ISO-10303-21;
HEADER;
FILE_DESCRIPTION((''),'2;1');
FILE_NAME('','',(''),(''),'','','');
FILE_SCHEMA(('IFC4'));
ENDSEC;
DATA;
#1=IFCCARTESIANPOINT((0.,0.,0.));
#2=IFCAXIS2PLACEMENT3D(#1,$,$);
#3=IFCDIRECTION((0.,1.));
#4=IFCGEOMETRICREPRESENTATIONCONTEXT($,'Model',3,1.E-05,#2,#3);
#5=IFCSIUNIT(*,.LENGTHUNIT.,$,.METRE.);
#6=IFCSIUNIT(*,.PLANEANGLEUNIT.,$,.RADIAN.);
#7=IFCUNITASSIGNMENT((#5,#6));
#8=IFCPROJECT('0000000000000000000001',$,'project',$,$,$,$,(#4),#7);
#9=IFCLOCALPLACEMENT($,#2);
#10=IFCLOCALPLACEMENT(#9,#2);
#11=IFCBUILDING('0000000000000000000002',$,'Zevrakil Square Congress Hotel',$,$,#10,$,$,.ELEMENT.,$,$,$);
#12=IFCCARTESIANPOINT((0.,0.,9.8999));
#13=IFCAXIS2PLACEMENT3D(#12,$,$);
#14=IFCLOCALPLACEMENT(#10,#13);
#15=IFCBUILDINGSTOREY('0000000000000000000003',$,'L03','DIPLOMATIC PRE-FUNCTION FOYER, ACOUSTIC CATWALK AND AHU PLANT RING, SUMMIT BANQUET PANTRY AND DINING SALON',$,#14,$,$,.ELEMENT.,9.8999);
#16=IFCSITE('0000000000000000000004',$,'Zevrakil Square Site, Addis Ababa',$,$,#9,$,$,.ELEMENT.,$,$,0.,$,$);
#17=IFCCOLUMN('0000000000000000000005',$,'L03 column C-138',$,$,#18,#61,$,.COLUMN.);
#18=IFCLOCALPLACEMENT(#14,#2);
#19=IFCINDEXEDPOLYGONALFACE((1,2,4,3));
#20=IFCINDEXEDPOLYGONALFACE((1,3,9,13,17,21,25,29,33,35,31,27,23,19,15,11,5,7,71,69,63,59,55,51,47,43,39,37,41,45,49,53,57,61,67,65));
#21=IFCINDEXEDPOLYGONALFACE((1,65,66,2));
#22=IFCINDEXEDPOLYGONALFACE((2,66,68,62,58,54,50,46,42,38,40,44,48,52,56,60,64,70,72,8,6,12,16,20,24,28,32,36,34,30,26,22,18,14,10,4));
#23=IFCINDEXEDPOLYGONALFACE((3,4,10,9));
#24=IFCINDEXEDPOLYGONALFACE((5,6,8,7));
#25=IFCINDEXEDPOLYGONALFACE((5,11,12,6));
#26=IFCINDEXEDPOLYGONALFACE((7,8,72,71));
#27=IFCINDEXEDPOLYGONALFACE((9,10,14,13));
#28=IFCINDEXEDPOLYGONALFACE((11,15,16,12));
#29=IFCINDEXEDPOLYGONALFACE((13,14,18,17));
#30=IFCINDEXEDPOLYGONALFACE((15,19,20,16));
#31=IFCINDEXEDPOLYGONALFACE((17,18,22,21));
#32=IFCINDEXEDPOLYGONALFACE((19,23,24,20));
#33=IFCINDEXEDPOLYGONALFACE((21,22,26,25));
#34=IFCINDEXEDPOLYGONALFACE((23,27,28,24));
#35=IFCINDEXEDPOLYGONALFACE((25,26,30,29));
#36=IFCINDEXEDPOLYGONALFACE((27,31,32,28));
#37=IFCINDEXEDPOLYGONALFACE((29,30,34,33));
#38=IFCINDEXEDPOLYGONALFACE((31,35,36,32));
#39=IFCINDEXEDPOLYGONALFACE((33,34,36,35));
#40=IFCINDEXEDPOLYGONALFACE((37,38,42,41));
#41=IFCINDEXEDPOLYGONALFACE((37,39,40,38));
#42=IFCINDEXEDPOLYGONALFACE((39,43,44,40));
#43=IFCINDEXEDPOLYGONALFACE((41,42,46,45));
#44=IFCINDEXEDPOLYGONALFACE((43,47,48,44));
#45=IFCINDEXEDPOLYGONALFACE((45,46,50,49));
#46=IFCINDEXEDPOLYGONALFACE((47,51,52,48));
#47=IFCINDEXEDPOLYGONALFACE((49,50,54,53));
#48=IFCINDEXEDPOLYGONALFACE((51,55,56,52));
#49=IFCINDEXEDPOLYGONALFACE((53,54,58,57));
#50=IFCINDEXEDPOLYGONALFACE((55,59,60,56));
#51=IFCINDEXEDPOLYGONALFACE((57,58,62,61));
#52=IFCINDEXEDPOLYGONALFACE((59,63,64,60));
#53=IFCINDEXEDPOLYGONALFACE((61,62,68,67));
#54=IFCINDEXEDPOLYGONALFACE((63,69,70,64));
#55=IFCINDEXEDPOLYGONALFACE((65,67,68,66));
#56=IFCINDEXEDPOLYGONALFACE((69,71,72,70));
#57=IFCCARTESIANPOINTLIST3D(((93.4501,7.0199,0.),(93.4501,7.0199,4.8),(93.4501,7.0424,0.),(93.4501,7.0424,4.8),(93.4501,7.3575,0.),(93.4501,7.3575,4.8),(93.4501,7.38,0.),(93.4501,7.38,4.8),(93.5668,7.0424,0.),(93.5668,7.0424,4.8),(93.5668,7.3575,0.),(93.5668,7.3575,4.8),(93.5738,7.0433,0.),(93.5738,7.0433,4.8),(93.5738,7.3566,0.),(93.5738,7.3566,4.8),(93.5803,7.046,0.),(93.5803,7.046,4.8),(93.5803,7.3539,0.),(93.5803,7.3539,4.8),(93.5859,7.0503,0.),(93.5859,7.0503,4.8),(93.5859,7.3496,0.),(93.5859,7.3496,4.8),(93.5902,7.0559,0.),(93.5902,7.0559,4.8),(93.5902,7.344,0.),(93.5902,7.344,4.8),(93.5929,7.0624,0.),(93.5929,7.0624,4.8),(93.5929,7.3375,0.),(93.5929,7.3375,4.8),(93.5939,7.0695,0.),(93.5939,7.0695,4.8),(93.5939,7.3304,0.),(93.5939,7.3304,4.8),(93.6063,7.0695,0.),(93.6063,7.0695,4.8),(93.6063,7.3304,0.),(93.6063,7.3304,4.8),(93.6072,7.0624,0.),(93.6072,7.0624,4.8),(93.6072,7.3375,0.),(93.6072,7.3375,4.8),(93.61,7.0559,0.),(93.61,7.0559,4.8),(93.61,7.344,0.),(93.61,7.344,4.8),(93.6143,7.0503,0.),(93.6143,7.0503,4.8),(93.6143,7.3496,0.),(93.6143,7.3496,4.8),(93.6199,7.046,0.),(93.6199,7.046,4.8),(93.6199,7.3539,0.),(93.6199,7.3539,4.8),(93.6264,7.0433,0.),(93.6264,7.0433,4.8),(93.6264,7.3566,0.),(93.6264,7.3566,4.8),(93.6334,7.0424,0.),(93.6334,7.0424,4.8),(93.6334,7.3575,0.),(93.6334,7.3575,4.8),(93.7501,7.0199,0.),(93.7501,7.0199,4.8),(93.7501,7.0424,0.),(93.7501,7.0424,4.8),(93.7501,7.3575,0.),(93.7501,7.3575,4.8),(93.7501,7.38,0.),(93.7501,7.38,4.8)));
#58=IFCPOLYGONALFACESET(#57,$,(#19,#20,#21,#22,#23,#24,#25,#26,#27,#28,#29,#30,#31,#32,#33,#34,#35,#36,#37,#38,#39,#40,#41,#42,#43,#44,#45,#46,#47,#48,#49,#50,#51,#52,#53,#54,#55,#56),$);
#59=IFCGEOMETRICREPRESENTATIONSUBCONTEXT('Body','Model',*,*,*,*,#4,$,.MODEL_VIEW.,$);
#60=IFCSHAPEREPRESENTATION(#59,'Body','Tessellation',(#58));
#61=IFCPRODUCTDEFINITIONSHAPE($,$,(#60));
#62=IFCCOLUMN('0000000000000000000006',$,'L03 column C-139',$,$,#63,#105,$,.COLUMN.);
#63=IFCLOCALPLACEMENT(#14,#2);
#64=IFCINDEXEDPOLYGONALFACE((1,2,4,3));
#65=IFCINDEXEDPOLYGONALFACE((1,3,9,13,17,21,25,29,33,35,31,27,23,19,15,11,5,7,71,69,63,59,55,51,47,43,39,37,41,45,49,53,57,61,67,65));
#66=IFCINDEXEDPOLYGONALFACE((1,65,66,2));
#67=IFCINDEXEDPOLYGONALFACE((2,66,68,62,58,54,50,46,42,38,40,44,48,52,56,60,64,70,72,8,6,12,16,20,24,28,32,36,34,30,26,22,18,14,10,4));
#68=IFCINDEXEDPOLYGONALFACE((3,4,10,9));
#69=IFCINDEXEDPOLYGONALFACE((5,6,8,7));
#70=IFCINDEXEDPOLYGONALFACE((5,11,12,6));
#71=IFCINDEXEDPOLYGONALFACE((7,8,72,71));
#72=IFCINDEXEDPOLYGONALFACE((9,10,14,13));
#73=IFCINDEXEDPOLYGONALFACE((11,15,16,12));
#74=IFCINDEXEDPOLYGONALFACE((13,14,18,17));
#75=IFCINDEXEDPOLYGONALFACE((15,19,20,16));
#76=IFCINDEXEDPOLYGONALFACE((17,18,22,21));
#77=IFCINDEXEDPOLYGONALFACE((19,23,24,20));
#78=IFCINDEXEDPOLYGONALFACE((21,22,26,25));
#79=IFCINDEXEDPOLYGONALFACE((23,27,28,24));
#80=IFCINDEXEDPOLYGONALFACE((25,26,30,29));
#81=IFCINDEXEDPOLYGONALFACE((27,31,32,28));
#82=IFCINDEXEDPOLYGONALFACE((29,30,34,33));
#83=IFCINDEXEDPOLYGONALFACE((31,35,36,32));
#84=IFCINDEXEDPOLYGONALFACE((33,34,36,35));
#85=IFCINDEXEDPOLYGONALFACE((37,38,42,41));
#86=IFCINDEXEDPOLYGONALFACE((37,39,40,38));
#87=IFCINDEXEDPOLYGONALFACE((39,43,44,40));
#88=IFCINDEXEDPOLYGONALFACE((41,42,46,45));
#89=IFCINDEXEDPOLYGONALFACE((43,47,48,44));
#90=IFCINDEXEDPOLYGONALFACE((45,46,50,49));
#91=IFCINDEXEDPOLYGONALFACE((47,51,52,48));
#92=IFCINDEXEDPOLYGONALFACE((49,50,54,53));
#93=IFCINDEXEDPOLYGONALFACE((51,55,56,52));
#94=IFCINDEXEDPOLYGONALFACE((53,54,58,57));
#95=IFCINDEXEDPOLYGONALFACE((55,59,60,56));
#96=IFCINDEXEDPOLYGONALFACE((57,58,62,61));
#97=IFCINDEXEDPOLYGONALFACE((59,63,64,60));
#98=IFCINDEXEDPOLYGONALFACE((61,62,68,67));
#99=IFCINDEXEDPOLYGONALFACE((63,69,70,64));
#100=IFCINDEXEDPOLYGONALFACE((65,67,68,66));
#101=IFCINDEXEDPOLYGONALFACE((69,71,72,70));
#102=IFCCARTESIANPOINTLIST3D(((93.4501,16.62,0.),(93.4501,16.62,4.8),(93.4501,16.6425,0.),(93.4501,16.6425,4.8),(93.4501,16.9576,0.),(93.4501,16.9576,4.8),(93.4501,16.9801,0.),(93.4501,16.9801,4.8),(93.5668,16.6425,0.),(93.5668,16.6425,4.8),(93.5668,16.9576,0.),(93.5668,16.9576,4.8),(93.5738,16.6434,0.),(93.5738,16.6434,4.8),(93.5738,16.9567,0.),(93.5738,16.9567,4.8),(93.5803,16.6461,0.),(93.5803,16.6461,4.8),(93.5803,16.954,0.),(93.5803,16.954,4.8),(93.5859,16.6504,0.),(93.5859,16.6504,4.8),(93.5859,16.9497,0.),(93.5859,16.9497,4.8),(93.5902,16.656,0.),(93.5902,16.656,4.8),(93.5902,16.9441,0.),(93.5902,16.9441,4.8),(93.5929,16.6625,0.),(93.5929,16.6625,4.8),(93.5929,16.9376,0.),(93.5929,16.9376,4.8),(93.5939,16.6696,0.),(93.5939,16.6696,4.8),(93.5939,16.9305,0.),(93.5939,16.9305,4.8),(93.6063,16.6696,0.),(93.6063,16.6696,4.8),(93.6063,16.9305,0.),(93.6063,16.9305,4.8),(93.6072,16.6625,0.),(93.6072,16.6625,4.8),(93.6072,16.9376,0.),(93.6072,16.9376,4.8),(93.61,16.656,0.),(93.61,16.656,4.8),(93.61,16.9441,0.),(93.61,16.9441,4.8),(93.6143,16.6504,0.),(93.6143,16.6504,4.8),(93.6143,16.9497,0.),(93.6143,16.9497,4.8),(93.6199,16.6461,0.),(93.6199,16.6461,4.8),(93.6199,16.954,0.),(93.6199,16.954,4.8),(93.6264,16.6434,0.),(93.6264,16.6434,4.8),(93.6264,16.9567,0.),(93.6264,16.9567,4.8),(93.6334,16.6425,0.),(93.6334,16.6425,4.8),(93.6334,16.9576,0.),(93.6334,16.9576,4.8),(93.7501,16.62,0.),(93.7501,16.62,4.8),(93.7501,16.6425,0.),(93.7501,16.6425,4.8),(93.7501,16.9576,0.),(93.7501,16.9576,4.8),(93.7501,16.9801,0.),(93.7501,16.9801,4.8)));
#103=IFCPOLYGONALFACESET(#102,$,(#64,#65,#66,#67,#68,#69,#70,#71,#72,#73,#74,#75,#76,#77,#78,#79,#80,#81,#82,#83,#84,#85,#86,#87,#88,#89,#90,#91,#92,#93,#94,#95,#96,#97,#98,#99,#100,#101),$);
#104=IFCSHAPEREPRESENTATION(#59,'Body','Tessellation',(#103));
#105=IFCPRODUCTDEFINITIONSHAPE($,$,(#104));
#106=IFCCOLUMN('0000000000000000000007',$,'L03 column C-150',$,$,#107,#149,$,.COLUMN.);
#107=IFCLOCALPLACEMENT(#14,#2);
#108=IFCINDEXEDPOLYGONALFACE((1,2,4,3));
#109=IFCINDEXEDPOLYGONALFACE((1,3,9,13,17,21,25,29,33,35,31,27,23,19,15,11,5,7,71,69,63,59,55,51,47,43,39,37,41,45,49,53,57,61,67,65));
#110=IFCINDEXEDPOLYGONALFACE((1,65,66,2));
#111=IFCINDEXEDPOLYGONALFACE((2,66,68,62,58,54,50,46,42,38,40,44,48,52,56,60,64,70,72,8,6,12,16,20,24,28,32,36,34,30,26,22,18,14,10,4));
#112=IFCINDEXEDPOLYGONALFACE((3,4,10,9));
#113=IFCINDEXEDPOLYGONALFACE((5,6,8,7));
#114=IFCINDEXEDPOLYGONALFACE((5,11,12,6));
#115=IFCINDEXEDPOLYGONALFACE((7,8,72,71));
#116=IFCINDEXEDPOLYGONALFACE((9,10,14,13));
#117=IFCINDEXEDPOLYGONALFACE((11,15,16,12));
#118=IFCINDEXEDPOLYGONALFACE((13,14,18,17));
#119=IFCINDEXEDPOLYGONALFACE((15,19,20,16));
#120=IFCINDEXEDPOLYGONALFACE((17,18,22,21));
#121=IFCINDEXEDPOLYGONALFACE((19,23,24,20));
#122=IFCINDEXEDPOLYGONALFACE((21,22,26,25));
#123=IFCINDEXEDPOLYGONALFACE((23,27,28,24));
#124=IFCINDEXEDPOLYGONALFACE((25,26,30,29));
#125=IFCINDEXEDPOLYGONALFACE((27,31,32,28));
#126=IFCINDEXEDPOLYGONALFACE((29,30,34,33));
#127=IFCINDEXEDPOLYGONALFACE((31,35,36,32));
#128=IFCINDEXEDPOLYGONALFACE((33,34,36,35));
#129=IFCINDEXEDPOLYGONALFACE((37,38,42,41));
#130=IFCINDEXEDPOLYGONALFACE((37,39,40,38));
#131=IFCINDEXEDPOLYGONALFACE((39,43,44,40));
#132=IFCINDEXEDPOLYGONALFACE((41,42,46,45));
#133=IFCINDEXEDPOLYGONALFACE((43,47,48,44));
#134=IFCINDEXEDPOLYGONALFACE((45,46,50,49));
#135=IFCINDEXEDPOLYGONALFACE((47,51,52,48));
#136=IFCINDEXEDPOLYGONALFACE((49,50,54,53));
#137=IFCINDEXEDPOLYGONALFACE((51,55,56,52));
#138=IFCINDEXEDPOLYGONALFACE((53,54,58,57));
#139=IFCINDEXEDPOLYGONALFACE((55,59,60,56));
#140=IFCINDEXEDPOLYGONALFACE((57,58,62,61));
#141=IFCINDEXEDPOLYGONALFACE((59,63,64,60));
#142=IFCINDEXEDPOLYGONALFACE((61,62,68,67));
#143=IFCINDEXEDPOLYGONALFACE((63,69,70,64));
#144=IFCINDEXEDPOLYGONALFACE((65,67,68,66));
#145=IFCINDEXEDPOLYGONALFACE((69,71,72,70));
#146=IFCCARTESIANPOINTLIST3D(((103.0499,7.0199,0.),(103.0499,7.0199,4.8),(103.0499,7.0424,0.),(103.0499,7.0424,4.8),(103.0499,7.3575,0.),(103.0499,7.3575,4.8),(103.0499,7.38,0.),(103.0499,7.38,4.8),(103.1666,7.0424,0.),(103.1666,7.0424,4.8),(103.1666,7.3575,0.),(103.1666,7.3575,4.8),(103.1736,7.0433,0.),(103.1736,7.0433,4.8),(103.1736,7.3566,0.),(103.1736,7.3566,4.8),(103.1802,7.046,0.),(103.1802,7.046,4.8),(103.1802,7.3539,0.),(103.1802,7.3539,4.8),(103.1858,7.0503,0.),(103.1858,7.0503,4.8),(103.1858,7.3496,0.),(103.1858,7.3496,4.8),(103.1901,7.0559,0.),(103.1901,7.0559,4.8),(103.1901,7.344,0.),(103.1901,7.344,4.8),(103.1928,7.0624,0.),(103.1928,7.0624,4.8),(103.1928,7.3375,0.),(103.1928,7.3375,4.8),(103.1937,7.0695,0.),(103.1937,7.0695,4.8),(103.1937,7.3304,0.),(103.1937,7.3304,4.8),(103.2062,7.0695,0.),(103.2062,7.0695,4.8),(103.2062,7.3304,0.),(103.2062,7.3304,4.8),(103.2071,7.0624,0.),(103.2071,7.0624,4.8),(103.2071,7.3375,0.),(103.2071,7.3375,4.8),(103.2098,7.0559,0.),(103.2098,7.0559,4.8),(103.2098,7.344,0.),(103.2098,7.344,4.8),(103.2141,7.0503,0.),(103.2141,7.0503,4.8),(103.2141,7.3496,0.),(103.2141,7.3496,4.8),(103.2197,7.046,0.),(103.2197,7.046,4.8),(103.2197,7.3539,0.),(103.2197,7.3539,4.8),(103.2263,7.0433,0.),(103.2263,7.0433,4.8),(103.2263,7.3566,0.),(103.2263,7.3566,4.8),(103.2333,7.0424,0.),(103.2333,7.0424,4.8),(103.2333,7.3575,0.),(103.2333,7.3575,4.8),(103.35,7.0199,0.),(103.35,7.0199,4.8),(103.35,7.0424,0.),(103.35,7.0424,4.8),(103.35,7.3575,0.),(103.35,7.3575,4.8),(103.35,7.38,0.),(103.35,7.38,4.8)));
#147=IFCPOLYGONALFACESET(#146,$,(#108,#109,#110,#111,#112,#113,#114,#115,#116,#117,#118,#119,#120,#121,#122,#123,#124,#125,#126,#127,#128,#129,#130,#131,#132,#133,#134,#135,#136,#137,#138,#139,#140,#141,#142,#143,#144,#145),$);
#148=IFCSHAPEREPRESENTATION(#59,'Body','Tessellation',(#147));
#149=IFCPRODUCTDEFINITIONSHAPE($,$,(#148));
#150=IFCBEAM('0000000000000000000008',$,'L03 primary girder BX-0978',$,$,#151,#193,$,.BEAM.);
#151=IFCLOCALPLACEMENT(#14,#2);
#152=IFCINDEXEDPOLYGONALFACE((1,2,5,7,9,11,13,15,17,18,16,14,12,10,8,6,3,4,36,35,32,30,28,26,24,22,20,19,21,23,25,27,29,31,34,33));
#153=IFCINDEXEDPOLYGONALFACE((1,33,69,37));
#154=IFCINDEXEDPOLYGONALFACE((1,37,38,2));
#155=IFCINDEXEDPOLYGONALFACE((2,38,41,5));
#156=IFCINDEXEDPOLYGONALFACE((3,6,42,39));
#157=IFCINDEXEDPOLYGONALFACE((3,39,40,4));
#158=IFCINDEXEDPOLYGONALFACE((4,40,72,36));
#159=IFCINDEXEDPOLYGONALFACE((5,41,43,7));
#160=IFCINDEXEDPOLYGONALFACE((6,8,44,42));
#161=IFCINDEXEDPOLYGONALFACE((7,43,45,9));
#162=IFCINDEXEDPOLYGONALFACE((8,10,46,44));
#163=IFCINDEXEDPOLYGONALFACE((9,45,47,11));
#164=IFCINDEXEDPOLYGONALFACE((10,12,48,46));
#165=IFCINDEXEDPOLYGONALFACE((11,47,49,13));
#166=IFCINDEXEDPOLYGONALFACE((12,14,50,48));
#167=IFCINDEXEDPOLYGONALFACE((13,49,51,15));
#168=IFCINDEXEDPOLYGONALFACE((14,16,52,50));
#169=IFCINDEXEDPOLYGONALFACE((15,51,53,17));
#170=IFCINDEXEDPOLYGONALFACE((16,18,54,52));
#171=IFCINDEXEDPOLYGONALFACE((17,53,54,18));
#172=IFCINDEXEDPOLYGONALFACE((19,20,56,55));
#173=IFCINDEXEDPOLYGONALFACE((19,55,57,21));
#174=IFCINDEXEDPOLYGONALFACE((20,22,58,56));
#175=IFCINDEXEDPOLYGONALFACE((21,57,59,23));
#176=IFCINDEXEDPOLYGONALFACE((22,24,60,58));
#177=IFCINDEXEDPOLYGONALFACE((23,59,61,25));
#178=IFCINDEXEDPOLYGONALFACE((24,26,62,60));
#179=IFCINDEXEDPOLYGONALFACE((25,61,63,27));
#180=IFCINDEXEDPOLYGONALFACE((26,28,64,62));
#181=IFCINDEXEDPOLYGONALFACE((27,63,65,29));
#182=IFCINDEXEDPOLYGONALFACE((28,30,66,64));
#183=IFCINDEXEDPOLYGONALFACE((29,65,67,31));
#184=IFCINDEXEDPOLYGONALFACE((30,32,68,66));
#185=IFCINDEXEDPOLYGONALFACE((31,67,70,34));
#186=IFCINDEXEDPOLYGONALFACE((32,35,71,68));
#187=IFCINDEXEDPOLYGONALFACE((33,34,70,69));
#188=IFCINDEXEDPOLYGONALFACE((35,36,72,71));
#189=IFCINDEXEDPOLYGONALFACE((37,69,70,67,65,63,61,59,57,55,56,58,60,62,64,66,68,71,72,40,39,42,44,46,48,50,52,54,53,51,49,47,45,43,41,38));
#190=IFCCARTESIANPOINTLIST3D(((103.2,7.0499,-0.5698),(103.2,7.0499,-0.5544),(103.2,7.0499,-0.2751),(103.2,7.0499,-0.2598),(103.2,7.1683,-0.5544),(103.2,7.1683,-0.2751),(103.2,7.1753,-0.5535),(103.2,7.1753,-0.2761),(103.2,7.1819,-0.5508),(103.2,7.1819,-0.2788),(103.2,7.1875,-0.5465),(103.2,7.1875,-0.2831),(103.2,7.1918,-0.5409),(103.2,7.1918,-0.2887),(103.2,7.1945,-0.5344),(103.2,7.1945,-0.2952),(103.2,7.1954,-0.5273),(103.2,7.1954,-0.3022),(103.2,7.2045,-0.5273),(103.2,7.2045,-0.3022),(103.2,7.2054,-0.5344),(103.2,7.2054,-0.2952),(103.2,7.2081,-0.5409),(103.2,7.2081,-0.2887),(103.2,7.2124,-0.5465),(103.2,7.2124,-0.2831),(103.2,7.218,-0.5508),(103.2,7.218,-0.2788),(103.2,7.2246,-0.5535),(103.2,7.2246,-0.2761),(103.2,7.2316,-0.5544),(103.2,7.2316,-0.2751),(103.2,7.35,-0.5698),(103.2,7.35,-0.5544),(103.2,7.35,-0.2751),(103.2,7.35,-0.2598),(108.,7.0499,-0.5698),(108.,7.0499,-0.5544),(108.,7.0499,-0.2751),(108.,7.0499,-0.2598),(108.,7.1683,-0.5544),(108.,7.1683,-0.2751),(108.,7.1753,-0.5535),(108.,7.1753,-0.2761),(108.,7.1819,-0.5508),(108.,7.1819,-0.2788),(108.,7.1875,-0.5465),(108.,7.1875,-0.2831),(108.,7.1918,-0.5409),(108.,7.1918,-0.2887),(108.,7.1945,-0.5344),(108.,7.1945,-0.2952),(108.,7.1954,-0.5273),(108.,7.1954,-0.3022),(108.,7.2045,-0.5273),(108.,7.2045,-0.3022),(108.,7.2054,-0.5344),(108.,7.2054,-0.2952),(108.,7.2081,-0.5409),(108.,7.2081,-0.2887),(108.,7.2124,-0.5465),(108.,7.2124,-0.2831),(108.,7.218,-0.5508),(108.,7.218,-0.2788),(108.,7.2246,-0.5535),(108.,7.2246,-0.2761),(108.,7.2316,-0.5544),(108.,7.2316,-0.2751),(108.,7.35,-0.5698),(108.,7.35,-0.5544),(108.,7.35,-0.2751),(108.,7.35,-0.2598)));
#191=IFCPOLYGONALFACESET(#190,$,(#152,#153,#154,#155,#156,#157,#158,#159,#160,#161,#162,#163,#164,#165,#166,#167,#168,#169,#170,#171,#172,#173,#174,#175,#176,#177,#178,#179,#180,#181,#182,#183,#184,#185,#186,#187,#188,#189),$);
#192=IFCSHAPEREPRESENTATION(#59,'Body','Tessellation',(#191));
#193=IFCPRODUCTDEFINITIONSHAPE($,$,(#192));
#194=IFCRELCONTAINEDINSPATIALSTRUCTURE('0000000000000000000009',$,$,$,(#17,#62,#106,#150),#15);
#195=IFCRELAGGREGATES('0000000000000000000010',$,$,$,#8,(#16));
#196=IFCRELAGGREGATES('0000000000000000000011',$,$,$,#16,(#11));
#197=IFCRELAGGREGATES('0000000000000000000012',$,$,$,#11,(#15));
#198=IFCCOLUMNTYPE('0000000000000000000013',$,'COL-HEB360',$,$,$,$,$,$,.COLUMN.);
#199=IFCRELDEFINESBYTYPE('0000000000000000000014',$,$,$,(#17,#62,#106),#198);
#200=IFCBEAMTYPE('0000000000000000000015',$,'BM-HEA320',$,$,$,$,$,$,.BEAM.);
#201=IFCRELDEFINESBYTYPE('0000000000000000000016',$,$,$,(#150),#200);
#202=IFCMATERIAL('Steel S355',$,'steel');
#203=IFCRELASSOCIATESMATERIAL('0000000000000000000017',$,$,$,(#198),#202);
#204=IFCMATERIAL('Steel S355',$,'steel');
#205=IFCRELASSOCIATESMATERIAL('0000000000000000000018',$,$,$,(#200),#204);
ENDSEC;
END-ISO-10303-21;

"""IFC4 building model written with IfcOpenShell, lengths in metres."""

from ifc_helpers import new_model, si_unit, direction, frame, origin, origin_2d, place, context, subcontext, project, spatial, i_section, extrude, material, material_profile, profile_set, type_object, element, save


model = new_model("IFC4")

# Units and contexts
model_context = context("Model", 3, precision=1e-05, world=origin(), true_north=direction((0.0, 1.0)))
body_context = subcontext(model_context, "Body", "Model", "MODEL_VIEW")
ifc_project = project(units=[si_unit("LENGTHUNIT", "METRE"), si_unit("PLANEANGLEUNIT", "RADIAN")], contexts=[model_context])

# Site, building, storey
site_placement = place(None, origin())
site = spatial("IfcSite", under=ifc_project, at=site_placement, Name="Zevrakil Square Site, Addis Ababa", CompositionType="ELEMENT", RefElevation=0.0)
building_placement = place(site_placement, origin())
building = spatial("IfcBuilding", under=site, at=building_placement, Name="Zevrakil Square Congress Hotel", CompositionType="ELEMENT")
storey_placement = place(building_placement, frame((0.0, 0.0, 9.8999)))
storey = spatial("IfcBuildingStorey", under=building, at=storey_placement, Name="L03", Description="DIPLOMATIC PRE-FUNCTION FOYER, ACOUSTIC CATWALK AND AHU PLANT RING, SUMMIT BANQUET PANTRY AND DINING SALON", CompositionType="ELEMENT", Elevation=9.8999)

# Columns
ifc_material_1 = material(Name="Steel S355", Category="steel")
ifc_material_profile_1 = material_profile(ifc_material_1, i_section(OverallWidth=0.3, OverallDepth=0.3601, WebThickness=0.0125, FlangeThickness=0.0225, FilletRadius=0.0271, at=origin_2d()), Name="HEB 360")
ifc_profile_set_1 = profile_set([ifc_material_profile_1], Name="Steel S355")
column_type = type_object("IfcColumnType", Name="COL-HEB360", PredefinedType="COLUMN", material=ifc_profile_set_1)
for number, where, z_axis, x_axis, name in (
    (1, (93.6001, 7.2, 0.0), (0.0, 0.0, 1.0), (1.0, 0.0, 0.0), "L03 column C-138"),
    (2, (93.6001, 16.8, 0.0), (0.0, 0.0, 1.0), (1.0, 0.0, 0.0), "L03 column C-139"),
    (3, (103.2, 7.2, 0.0), (0.0, 0.0, 1.0), (1.0, 0.0, 0.0), "L03 column C-150"),
):
    element("IfcColumn", number, at=place(storey_placement, frame(where, z_axis=z_axis, x_axis=x_axis)), inside=storey, type_object=column_type, Name=name, PredefinedType="COLUMN", context=body_context, shape_type="SweptSolid", body=[
        extrude(i_section(OverallWidth=0.3, OverallDepth=0.3601, WebThickness=0.0125, FlangeThickness=0.0225, FilletRadius=0.0271, at=origin_2d()), origin(), (0.0, 0.0, 1.0), 4.8),
    ])

# Beam
ifc_material_2 = material(Name="Steel S355", Category="steel")
ifc_material_profile_2 = material_profile(ifc_material_2, i_section(OverallWidth=0.3, OverallDepth=0.3101, WebThickness=0.009, FlangeThickness=0.0154, FilletRadius=0.0271, at=origin_2d()), Name="HEA 320")
ifc_profile_set_2 = profile_set([ifc_material_profile_2], Name="Steel S355")
beam_type_1 = type_object("IfcBeamType", Name="BM-HEA320", PredefinedType="BEAM", material=ifc_profile_set_2)
beam_placement = place(storey_placement, frame((103.2, 7.2, -0.4148), z_axis=(1.0, 0.0, 0.0), x_axis=(0.0, 1.0, 0.0)))
element("IfcBeam", 4, at=beam_placement, inside=storey, type_object=beam_type_1, Name="L03 primary girder BX-0978", PredefinedType="BEAM", context=body_context, shape_type="SweptSolid", body=[
    extrude(i_section(OverallWidth=0.3, OverallDepth=0.3101, WebThickness=0.009, FlangeThickness=0.0154, FilletRadius=0.0271, at=origin_2d()), origin(), (0.0, 0.0, 1.0), 4.8),
])

save(model, "model.ifc")
